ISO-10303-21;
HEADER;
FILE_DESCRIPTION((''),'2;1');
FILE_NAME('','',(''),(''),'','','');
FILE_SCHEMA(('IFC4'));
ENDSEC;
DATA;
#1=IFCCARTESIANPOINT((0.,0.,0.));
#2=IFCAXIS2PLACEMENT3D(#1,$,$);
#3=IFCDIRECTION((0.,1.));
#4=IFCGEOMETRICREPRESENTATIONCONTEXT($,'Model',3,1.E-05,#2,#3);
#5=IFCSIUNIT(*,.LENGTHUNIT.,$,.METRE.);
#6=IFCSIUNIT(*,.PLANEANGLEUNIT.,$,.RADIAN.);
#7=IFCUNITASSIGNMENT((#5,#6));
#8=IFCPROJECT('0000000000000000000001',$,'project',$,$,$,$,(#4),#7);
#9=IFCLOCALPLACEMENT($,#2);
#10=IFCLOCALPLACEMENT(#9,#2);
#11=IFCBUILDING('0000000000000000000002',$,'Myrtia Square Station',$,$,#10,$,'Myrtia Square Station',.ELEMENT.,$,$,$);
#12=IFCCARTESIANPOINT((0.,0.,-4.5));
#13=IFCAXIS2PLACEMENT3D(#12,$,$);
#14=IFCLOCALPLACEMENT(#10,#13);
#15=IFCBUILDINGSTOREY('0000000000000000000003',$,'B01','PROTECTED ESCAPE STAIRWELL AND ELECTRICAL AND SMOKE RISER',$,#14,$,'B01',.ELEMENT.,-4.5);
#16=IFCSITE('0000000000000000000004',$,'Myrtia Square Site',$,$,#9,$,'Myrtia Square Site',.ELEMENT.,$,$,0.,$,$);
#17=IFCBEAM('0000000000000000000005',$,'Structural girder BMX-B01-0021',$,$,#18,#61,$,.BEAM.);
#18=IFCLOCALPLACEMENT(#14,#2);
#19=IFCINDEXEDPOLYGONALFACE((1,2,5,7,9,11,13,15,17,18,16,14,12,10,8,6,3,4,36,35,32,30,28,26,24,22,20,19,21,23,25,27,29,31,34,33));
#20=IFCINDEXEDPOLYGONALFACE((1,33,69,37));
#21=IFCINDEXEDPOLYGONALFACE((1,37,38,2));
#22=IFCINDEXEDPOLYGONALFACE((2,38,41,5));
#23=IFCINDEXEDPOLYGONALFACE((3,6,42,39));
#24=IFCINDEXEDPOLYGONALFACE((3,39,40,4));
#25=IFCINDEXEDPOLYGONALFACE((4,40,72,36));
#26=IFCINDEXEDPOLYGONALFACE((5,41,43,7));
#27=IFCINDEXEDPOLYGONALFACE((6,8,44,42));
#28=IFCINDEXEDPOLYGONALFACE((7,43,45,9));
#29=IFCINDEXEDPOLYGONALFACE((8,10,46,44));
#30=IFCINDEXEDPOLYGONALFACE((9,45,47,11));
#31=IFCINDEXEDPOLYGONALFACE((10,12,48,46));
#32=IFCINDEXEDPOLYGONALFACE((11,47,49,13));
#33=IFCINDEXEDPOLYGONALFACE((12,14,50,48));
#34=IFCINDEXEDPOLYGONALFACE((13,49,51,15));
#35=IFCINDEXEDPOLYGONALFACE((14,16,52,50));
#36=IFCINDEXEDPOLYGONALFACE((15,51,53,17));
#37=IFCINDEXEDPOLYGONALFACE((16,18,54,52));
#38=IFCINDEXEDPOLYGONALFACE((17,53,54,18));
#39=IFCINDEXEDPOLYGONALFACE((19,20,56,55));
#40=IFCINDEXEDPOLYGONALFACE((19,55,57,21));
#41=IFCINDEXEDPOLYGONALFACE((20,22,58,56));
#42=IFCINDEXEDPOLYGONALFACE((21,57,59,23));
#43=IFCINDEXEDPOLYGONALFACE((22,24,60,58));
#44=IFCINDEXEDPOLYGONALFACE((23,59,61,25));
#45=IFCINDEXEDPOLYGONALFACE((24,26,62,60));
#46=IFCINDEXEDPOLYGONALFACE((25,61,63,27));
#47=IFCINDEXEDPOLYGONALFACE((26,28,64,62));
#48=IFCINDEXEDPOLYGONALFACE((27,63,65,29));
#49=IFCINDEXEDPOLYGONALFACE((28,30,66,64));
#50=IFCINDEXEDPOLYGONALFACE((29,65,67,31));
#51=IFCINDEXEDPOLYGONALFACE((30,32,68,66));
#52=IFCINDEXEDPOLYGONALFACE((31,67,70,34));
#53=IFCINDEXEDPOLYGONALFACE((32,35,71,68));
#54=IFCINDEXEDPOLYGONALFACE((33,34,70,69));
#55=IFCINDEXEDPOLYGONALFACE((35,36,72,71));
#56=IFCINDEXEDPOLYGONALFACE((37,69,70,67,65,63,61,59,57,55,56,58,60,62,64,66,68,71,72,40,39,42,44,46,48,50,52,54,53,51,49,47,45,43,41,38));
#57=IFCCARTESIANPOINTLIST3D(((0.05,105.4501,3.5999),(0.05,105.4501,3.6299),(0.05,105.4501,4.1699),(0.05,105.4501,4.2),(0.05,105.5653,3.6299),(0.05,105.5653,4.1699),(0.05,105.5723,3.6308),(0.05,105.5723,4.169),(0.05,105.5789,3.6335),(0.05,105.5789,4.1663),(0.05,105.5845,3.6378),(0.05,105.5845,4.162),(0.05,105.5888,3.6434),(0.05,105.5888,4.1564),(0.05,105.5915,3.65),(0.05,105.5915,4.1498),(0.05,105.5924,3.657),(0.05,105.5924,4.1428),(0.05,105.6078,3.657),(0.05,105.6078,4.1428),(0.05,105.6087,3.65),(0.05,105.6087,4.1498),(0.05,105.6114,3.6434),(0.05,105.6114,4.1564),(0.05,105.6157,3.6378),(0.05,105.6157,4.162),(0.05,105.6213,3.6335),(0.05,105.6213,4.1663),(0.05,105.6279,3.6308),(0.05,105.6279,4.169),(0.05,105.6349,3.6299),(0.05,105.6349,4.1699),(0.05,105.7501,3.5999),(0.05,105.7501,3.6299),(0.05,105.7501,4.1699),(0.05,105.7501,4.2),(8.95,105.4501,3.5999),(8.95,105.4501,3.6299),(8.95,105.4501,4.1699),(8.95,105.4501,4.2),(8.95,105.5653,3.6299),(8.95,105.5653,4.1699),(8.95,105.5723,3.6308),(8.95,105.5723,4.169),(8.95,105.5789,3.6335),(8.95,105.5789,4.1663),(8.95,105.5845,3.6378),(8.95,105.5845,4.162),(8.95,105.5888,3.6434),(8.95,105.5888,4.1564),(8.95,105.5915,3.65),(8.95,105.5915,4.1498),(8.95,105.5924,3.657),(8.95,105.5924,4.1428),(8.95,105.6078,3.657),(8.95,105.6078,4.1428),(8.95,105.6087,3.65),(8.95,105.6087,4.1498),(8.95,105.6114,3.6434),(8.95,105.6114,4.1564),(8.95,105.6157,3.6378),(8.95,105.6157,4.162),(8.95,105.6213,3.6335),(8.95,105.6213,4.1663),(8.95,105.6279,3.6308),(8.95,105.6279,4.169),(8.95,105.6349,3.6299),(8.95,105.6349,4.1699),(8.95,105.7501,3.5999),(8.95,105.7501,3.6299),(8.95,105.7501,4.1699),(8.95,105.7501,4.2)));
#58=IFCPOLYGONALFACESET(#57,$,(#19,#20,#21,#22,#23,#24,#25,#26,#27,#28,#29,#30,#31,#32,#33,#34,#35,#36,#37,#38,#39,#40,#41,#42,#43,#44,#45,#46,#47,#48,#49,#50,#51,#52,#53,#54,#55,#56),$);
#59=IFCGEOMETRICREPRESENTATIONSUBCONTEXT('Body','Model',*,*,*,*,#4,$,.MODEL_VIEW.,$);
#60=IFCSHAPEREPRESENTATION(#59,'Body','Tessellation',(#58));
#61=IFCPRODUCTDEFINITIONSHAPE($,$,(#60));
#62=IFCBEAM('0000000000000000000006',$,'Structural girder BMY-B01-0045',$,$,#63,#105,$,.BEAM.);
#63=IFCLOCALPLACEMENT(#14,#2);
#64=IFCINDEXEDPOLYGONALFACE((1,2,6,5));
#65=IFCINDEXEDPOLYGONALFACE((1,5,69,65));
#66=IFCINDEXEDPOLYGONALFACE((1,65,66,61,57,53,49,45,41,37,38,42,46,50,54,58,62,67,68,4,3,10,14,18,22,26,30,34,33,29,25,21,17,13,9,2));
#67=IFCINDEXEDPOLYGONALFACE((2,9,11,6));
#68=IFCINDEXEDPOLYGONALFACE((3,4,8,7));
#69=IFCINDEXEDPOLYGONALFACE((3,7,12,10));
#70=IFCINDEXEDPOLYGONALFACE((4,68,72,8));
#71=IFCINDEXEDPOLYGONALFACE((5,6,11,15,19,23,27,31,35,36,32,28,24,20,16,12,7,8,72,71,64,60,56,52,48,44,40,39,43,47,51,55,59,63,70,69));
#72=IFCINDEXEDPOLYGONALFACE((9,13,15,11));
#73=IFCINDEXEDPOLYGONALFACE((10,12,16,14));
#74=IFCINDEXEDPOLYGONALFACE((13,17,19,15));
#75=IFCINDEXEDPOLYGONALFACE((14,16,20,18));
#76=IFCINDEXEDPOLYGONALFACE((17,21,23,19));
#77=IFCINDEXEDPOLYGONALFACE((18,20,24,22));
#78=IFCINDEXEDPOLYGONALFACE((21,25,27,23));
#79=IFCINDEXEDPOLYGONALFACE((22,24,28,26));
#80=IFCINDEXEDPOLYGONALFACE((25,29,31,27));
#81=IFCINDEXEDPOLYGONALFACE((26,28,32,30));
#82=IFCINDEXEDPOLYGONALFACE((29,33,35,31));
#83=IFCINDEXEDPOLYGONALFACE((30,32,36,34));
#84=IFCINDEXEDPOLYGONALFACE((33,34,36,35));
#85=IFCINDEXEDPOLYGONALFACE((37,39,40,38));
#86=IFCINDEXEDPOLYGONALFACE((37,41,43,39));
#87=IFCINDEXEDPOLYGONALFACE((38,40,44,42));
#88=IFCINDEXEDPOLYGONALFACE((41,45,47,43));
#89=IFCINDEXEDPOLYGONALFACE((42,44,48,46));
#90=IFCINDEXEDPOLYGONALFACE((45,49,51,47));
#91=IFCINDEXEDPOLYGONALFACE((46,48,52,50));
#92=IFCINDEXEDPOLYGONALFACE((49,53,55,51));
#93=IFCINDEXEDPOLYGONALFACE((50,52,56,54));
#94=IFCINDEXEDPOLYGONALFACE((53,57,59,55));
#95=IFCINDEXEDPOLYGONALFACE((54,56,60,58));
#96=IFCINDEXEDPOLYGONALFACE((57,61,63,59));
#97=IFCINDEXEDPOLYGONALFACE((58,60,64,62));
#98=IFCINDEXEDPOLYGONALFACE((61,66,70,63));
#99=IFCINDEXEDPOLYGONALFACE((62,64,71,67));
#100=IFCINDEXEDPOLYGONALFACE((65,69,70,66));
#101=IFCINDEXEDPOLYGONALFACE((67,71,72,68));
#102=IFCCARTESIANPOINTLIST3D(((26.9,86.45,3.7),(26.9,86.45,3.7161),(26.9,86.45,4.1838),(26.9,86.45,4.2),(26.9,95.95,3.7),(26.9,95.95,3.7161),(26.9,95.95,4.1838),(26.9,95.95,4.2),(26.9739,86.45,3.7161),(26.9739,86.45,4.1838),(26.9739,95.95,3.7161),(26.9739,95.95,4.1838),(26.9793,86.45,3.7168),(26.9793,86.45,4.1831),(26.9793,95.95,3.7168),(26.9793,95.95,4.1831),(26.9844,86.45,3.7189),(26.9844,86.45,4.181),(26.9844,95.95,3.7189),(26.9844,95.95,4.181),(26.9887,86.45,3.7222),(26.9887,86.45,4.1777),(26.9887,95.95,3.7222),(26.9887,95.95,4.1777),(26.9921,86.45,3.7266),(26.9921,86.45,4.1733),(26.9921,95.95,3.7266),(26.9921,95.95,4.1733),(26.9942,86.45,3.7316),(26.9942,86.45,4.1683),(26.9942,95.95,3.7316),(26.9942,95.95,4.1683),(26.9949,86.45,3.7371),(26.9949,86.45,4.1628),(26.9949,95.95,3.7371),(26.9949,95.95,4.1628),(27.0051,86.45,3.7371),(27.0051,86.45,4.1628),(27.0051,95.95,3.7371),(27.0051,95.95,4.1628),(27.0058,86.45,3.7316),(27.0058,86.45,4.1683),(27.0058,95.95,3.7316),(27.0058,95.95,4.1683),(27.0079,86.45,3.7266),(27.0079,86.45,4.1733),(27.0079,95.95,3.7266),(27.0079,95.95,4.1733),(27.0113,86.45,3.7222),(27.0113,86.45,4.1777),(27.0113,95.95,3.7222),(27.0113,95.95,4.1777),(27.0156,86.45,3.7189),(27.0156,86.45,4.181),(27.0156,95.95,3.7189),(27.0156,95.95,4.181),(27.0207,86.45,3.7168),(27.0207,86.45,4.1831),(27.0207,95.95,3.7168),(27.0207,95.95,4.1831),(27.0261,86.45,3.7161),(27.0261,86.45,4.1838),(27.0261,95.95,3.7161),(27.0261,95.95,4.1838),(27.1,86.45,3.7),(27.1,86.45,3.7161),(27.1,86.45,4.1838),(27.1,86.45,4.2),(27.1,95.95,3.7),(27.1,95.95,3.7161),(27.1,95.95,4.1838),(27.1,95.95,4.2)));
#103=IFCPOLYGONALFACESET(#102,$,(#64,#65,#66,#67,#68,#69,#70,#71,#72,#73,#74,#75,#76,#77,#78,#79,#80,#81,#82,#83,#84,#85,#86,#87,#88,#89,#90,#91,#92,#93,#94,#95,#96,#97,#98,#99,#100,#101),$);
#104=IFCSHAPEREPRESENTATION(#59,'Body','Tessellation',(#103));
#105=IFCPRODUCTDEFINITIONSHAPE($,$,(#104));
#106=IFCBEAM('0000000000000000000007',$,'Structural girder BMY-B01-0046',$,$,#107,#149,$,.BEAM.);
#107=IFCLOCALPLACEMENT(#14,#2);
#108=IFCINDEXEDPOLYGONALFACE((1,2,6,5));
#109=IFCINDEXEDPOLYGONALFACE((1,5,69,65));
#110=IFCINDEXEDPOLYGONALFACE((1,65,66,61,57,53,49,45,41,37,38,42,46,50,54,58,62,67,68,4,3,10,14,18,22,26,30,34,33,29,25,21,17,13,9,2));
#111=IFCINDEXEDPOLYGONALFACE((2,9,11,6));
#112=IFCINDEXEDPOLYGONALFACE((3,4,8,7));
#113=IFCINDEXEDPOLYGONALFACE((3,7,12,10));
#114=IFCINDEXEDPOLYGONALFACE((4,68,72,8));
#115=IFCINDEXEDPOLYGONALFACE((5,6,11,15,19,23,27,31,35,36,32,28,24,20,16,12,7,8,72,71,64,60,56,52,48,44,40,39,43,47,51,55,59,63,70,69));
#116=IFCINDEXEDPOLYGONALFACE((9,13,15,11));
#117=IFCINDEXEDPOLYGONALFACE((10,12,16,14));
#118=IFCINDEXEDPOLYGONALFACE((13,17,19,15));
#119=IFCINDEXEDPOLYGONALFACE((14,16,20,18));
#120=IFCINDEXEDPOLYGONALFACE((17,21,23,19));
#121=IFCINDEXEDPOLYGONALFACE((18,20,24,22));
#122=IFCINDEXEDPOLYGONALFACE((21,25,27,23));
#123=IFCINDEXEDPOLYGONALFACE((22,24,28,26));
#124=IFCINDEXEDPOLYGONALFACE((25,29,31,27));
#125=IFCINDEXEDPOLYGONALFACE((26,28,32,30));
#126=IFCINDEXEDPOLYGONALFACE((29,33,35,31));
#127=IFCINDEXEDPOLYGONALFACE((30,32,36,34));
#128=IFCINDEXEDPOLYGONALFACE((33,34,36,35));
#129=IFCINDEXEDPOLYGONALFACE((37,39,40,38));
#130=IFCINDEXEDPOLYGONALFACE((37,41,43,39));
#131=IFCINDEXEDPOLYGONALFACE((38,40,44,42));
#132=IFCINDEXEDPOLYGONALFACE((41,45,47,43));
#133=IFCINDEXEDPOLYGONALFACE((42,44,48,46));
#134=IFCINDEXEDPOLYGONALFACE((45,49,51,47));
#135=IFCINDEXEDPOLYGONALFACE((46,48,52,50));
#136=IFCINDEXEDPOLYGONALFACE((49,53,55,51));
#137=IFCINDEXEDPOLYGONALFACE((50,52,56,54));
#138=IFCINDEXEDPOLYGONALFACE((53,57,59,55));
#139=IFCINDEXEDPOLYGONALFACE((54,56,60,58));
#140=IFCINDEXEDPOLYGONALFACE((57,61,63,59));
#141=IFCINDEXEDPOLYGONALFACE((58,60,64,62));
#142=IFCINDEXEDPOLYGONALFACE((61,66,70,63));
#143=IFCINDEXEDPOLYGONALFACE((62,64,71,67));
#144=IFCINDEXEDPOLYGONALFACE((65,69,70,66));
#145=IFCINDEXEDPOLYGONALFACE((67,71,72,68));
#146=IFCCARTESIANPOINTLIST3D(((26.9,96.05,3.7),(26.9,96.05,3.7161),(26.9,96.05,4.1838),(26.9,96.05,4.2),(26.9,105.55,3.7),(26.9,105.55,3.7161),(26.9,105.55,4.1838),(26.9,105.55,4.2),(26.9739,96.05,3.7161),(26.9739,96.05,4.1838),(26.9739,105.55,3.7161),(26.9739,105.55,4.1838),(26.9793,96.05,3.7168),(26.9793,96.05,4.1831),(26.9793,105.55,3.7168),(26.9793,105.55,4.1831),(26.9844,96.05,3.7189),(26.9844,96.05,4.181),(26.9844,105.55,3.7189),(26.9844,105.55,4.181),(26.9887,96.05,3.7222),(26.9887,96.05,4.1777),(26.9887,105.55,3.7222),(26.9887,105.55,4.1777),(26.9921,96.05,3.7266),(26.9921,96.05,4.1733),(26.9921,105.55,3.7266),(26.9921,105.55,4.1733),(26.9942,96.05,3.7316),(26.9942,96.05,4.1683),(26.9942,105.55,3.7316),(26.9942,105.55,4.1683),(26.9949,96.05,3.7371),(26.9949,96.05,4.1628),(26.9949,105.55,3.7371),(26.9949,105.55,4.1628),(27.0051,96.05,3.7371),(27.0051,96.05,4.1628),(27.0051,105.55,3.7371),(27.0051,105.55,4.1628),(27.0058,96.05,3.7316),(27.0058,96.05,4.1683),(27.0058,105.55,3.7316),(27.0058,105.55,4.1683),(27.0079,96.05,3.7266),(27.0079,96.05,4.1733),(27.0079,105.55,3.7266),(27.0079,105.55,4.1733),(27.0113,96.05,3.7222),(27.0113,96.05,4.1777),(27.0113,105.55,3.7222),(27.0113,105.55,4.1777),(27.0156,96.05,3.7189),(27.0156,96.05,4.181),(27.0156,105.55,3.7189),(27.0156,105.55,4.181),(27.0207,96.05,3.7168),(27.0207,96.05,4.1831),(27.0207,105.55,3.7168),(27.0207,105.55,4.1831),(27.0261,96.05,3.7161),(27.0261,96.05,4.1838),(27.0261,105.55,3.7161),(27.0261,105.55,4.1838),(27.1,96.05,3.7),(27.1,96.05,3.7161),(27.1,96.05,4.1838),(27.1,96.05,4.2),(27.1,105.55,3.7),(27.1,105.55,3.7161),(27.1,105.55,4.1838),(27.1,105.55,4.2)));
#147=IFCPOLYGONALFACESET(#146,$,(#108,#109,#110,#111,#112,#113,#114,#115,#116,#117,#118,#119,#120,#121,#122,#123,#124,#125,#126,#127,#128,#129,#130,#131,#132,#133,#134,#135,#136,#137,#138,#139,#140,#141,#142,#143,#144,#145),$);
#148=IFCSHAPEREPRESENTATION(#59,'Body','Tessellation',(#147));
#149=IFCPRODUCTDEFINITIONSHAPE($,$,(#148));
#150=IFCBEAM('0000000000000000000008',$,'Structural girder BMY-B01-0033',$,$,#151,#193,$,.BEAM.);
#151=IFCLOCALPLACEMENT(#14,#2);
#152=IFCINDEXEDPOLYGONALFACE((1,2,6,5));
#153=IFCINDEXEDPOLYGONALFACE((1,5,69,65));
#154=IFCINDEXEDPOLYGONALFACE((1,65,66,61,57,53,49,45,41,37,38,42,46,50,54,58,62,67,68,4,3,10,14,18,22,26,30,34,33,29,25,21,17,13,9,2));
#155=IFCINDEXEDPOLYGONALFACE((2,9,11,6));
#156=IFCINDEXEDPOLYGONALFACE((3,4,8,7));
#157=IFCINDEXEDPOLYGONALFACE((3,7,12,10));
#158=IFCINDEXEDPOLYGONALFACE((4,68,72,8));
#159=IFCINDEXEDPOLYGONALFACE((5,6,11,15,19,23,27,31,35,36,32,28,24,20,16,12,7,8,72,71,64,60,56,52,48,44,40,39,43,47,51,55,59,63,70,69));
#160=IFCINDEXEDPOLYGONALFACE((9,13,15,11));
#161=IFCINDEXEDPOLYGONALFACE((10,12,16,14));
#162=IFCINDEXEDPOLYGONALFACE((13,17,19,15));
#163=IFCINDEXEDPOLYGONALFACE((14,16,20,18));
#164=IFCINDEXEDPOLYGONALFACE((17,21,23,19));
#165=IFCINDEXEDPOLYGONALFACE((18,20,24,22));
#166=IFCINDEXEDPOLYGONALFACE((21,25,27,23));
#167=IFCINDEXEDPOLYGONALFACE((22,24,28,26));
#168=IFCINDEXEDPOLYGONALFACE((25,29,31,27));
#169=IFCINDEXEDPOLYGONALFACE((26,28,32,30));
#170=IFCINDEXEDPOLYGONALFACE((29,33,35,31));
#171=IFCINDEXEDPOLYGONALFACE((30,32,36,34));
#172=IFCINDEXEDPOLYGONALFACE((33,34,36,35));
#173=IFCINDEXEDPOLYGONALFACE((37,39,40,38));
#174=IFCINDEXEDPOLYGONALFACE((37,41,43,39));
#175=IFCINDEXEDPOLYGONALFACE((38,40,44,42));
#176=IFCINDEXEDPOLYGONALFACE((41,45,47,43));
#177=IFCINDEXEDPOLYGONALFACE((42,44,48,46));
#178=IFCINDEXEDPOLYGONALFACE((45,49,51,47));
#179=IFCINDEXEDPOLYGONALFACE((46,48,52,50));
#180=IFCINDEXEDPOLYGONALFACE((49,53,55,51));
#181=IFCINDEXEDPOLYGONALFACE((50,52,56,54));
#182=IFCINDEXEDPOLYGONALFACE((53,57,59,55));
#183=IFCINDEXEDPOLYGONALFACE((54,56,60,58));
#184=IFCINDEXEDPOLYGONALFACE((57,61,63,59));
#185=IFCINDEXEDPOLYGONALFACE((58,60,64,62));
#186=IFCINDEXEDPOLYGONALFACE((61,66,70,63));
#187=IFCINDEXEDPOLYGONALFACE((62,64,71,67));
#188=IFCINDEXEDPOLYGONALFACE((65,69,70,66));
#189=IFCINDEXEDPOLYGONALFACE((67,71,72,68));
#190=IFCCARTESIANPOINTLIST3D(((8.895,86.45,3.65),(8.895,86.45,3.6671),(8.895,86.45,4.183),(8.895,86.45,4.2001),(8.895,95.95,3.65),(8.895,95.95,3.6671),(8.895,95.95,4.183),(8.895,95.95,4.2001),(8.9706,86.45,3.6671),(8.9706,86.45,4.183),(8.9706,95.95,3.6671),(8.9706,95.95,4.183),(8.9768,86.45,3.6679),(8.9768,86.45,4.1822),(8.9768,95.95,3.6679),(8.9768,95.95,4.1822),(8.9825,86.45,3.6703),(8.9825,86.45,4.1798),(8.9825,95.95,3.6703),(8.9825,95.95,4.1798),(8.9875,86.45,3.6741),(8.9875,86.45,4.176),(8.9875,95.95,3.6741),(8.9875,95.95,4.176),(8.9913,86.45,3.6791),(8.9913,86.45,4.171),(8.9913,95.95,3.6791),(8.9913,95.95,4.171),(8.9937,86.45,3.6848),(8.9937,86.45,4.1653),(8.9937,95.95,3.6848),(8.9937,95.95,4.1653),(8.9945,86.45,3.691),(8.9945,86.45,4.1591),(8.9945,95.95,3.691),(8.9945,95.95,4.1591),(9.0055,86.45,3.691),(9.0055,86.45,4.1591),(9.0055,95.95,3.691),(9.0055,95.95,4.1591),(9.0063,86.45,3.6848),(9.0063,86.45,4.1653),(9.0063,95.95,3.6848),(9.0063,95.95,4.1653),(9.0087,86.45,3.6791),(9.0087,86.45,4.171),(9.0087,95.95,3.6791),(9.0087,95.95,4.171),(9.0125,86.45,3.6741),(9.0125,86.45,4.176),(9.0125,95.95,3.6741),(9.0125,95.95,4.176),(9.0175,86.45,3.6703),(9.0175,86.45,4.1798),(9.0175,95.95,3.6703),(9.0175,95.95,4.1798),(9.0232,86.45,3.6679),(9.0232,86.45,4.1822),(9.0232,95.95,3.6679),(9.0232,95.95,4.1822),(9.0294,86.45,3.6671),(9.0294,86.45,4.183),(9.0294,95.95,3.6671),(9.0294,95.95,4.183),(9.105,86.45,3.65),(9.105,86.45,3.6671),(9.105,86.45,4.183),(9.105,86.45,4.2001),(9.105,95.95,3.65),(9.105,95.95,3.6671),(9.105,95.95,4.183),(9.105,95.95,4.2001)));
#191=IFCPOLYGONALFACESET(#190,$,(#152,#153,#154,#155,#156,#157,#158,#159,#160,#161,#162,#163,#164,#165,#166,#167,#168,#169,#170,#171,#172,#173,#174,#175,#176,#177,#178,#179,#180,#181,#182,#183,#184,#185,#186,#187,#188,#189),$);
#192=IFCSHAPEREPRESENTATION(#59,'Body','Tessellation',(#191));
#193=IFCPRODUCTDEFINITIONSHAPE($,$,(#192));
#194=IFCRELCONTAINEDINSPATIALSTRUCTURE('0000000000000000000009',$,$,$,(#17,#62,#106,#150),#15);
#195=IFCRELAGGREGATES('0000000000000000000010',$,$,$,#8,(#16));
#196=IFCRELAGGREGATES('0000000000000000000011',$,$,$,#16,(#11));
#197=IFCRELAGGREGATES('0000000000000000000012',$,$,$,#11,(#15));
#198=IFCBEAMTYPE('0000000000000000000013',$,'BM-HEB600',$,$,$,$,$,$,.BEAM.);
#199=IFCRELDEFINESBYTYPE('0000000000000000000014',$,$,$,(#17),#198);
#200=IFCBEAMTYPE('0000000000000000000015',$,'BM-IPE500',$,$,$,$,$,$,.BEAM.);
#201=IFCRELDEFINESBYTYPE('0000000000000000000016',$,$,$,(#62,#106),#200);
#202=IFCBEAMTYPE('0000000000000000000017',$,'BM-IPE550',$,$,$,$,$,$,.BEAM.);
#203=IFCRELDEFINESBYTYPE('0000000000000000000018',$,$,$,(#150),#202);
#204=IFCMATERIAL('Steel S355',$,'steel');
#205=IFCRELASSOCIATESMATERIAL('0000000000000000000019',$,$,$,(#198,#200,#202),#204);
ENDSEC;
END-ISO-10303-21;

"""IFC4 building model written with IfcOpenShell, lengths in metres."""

from ifc_helpers import new_model, si_unit, direction, frame, origin, origin_2d, place, context, subcontext, project, spatial, i_section, extrude, material, material_profile, profile_set, type_object, element, save


model = new_model("IFC4")

# Units and contexts
model_context = context("Model", 3, precision=1e-05, world=origin(), true_north=direction((0.0, 1.0)))
body_context = subcontext(model_context, "Body", "Model", "MODEL_VIEW")
ifc_project = project(units=[si_unit("LENGTHUNIT", "METRE"), si_unit("PLANEANGLEUNIT", "RADIAN")], contexts=[model_context])

# Site, building, storey
site_placement = place(None, origin())
site = spatial("IfcSite", under=ifc_project, at=site_placement, Name="Myrtia Square Site", LongName="Myrtia Square Site", CompositionType="ELEMENT", RefElevation=0.0)
building_placement = place(site_placement, origin())
building = spatial("IfcBuilding", under=site, at=building_placement, Name="Myrtia Square Station", LongName="Myrtia Square Station", CompositionType="ELEMENT")
storey_placement = place(building_placement, frame((0.0, 0.0, -4.5)))
storey = spatial("IfcBuildingStorey", under=building, at=storey_placement, Name="B01", Description="PROTECTED ESCAPE STAIRWELL AND ELECTRICAL AND SMOKE RISER", LongName="B01", CompositionType="ELEMENT", Elevation=-4.5)

# Beams
ifc_material_1 = material(Name="Steel S355", Category="steel")
ifc_material_profile_1 = material_profile(ifc_material_1, i_section(OverallWidth=0.3, OverallDepth=0.6001, WebThickness=0.0154, FlangeThickness=0.03, FilletRadius=0.0271, at=origin_2d()), Name="HEB 600")
ifc_profile_set_1 = profile_set([ifc_material_profile_1], Name="Steel S355")
beam_type_1 = type_object("IfcBeamType", Name="BM-HEB600", PredefinedType="BEAM", material=ifc_profile_set_1)
for number, where, z_axis, x_axis, name in (
    (1, (0.05, 105.6001, 3.8999), (1.0, 0.0, 0.0), (0.0, 1.0, 0.0), "Structural girder BMX-B01-0021"),
):
    element("IfcBeam", number, at=place(storey_placement, frame(where, z_axis=z_axis, x_axis=x_axis)), inside=storey, type_object=beam_type_1, Name=name, PredefinedType="BEAM", context=body_context, shape_type="SweptSolid", body=[
        extrude(i_section(OverallWidth=0.3, OverallDepth=0.6001, WebThickness=0.0154, FlangeThickness=0.03, FilletRadius=0.0271, at=origin_2d()), origin(), (0.0, 0.0, 1.0), 8.8999),
    ])
ifc_material_profile_2 = material_profile(ifc_material_1, i_section(OverallWidth=0.2, OverallDepth=0.5, WebThickness=0.0103, FlangeThickness=0.0161, FilletRadius=0.021, at=origin_2d()), Name="IPE 500")
ifc_profile_set_2 = profile_set([ifc_material_profile_2], Name="Steel S355")
beam_type_2 = type_object("IfcBeamType", Name="BM-IPE500", PredefinedType="BEAM", material=ifc_profile_set_2)
for number, where, z_axis, x_axis, name in (
    (2, (27.0, 86.45, 3.95), (0.0, 1.0, 0.0), (-1.0, 0.0, 0.0), "Structural girder BMY-B01-0045"),
    (3, (27.0, 96.05, 3.95), (0.0, 1.0, 0.0), (-1.0, 0.0, 0.0), "Structural girder BMY-B01-0046"),
):
    element("IfcBeam", number, at=place(storey_placement, frame(where, z_axis=z_axis, x_axis=x_axis)), inside=storey, type_object=beam_type_2, Name=name, PredefinedType="BEAM", context=body_context, shape_type="SweptSolid", body=[
        extrude(i_section(OverallWidth=0.2, OverallDepth=0.5, WebThickness=0.0103, FlangeThickness=0.0161, FilletRadius=0.021, at=origin_2d()), origin(), (0.0, 0.0, 1.0), 9.5),
    ])
ifc_material_profile_3 = material_profile(ifc_material_1, i_section(OverallWidth=0.21, OverallDepth=0.55, WebThickness=0.011, FlangeThickness=0.0171, FilletRadius=0.0239, at=origin_2d()), Name="IPE 550")
ifc_profile_set_3 = profile_set([ifc_material_profile_3], Name="Steel S355")
beam_type_3 = type_object("IfcBeamType", Name="BM-IPE550", PredefinedType="BEAM", material=ifc_profile_set_3)
for number, where, z_axis, x_axis, name in (
    (4, (9.0, 86.45, 3.925), (0.0, 1.0, 0.0), (-1.0, 0.0, 0.0), "Structural girder BMY-B01-0033"),
):
    element("IfcBeam", number, at=place(storey_placement, frame(where, z_axis=z_axis, x_axis=x_axis)), inside=storey, type_object=beam_type_3, Name=name, PredefinedType="BEAM", context=body_context, shape_type="SweptSolid", body=[
        extrude(i_section(OverallWidth=0.21, OverallDepth=0.55, WebThickness=0.011, FlangeThickness=0.0171, FilletRadius=0.0239, at=origin_2d()), origin(), (0.0, 0.0, 1.0), 9.5),
    ])

save(model, "model.ifc")
